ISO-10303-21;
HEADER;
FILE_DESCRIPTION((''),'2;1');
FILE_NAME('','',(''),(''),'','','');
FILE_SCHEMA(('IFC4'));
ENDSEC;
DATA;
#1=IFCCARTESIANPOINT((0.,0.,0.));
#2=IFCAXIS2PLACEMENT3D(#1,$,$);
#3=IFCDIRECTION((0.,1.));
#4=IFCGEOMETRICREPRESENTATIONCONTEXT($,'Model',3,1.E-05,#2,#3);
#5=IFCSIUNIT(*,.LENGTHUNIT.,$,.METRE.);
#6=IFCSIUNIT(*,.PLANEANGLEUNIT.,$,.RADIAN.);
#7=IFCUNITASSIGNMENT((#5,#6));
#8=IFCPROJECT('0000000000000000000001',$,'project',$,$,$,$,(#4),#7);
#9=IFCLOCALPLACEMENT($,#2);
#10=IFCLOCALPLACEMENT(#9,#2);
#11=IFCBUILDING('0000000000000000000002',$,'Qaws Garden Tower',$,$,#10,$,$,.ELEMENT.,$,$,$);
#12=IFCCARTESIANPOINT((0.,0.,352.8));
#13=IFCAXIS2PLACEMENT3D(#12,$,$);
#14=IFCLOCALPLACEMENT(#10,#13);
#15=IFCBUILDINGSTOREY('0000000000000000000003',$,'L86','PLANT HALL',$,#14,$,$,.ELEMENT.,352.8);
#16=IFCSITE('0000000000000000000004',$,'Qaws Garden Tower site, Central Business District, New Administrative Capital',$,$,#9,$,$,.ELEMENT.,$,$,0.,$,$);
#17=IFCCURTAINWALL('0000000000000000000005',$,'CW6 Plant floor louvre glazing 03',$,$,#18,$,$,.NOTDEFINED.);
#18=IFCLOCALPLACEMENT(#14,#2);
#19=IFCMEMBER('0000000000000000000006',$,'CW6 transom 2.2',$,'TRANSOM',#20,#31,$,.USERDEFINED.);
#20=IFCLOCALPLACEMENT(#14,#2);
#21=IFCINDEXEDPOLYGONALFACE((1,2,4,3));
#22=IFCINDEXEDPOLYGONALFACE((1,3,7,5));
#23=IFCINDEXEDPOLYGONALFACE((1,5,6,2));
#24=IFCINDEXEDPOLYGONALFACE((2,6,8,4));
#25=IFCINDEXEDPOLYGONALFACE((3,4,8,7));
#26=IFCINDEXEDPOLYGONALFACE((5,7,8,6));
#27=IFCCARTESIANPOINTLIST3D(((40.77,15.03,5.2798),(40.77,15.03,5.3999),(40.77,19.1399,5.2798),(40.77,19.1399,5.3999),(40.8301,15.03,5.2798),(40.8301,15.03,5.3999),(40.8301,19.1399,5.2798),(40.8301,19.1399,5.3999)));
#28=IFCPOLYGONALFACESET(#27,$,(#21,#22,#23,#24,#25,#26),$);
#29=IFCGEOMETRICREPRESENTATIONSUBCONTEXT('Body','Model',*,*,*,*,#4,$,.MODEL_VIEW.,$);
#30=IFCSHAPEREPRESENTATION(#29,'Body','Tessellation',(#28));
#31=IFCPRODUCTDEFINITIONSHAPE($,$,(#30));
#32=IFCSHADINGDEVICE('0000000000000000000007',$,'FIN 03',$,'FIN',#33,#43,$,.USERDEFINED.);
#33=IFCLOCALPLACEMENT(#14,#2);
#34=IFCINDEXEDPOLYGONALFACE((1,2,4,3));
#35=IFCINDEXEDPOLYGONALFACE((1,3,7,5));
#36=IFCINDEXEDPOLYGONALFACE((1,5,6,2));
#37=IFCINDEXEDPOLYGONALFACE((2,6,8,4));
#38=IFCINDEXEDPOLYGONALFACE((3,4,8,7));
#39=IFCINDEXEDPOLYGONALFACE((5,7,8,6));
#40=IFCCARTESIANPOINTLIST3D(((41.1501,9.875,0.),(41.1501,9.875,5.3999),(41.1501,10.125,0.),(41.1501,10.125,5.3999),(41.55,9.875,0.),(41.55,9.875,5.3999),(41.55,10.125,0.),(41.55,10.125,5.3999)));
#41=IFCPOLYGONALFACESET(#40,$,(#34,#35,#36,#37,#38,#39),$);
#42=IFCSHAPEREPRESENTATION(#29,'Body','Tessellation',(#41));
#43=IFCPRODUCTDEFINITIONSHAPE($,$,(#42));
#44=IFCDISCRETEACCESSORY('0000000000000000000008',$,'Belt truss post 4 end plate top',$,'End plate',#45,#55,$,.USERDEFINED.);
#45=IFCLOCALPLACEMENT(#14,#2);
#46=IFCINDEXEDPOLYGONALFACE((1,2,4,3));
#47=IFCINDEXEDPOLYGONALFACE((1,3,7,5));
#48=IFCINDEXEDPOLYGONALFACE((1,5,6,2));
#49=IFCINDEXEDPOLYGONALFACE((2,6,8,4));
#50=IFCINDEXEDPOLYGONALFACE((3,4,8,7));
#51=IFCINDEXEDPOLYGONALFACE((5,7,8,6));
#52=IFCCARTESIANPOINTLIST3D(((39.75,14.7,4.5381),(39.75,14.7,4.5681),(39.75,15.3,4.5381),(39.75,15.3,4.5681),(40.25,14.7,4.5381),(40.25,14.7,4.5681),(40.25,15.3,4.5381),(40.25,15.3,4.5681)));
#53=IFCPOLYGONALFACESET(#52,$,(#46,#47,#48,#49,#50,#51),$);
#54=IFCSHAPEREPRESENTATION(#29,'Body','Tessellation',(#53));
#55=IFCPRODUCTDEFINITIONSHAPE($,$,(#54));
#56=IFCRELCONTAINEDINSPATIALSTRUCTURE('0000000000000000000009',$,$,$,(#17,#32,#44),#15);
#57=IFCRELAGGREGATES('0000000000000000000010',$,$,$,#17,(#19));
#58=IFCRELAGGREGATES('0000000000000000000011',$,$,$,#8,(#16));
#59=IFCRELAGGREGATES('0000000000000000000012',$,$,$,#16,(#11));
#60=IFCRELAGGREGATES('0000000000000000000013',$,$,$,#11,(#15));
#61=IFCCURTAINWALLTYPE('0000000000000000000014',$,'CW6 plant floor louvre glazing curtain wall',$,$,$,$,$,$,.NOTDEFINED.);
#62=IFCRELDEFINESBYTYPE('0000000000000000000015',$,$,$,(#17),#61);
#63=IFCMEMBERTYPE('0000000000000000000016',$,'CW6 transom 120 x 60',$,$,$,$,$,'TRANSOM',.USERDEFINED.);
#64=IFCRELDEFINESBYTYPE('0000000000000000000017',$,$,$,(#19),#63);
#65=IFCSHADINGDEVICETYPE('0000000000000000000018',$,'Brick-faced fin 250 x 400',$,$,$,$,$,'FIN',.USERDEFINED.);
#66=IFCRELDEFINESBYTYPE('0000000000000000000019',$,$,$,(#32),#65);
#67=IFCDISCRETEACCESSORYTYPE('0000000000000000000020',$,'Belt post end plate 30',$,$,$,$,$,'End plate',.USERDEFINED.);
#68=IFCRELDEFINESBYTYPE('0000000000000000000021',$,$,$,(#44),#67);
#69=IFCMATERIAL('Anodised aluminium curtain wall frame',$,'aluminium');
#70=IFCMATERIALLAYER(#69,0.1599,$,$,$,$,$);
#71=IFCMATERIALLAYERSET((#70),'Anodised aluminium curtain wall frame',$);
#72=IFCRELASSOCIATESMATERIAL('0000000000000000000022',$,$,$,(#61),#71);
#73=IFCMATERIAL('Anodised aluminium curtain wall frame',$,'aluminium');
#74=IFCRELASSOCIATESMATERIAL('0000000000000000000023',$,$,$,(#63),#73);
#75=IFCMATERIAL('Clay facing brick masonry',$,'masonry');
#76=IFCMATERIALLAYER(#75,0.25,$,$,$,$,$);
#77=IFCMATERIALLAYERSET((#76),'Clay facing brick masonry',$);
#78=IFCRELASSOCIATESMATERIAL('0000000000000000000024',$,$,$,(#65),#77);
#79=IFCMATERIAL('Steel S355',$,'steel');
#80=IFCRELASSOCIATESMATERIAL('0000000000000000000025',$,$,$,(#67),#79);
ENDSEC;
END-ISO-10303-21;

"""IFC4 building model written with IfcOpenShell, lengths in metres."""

from ifc_helpers import new_model, si_unit, direction, frame, origin, origin_2d, place, context, subcontext, project, spatial, rectangle, extrude, material, layer, layer_set, material_profile, profile_set, type_object, element, aggregate, save


model = new_model("IFC4")

# Units and contexts
model_context = context("Model", 3, precision=1e-05, world=origin(), true_north=direction((0.0, 1.0)))
body_context = subcontext(model_context, "Body", "Model", "MODEL_VIEW")
ifc_project = project(units=[si_unit("LENGTHUNIT", "METRE"), si_unit("PLANEANGLEUNIT", "RADIAN")], contexts=[model_context])

# Site, building, storey
site_placement = place(None, origin())
site = spatial("IfcSite", under=ifc_project, at=site_placement, Name="Qaws Garden Tower site, Central Business District, New Administrative Capital", CompositionType="ELEMENT", RefElevation=0.0)
building_placement = place(site_placement, origin())
building = spatial("IfcBuilding", under=site, at=building_placement, Name="Qaws Garden Tower", CompositionType="ELEMENT")
storey_placement = place(building_placement, frame((0.0, 0.0, 352.8)))
storey = spatial("IfcBuildingStorey", under=building, at=storey_placement, Name="L86", Description="PLANT HALL", CompositionType="ELEMENT", Elevation=352.8)

# Curtain wall
ifc_material_1 = material(Name="Anodised aluminium curtain wall frame", Category="aluminium")
ifc_layer_1 = layer(ifc_material_1, 0.1599)
ifc_layer_set_1 = layer_set([ifc_layer_1], Name="Anodised aluminium curtain wall frame")
curtain_wall_type = type_object("IfcCurtainWallType", Name="CW6 plant floor louvre glazing curtain wall", PredefinedType="NOTDEFINED", material=ifc_layer_set_1)
placement_1 = place(storey_placement, origin())
curtain_wall_1 = element("IfcCurtainWall", 1, at=placement_1, inside=storey, type_object=curtain_wall_type, Name="CW6 Plant floor louvre glazing 03", PredefinedType="NOTDEFINED")

# Member
ifc_material_2 = material(Name="Anodised aluminium curtain wall frame", Category="aluminium")
ifc_material_profile_1 = material_profile(ifc_material_2, rectangle(XDim=0.0601, YDim=0.1201, at=origin_2d()), Name="AL 60x120")
ifc_profile_set_1 = profile_set([ifc_material_profile_1], Name="Anodised aluminium curtain wall frame")
member_type_1 = type_object("IfcMemberType", Name="CW6 transom 120 x 60", ElementType="TRANSOM", PredefinedType="USERDEFINED", material=ifc_profile_set_1)
member_1_placement = place(storey_placement, frame((40.8, 15.03, 5.3398), z_axis=(0.0, 1.0, 0.0), x_axis=(-1.0, 0.0, 0.0)))
member_1 = element("IfcMember", 2, at=member_1_placement, type_object=member_type_1, Name="CW6 transom 2.2", ObjectType="TRANSOM", PredefinedType="USERDEFINED", context=body_context, shape_type="SweptSolid", body=[
    extrude(rectangle(XDim=0.0601, YDim=0.1201, at=origin_2d()), origin(), (0.0, 0.0, 1.0), 4.1099),
])

aggregate(curtain_wall_1, [member_1])

# Shading device
ifc_material_3 = material(Name="Clay facing brick masonry", Category="masonry")
ifc_layer_2 = layer(ifc_material_3, 0.25)
ifc_layer_set_2 = layer_set([ifc_layer_2], Name="Clay facing brick masonry")
shading_device_type = type_object("IfcShadingDeviceType", Name="Brick-faced fin 250 x 400", ElementType="FIN", PredefinedType="USERDEFINED", material=ifc_layer_set_2)
shading_device_placement = place(storey_placement, frame((41.3501, 10.0, 0.0), z_axis=(0.0, 0.0, 1.0), x_axis=(0.0, 1.0, 0.0)))
element("IfcShadingDevice", 3, at=shading_device_placement, inside=storey, type_object=shading_device_type, Name="FIN 03", ObjectType="FIN", PredefinedType="USERDEFINED", context=body_context, shape_type="SweptSolid", body=[
    extrude(rectangle(XDim=0.25, YDim=0.3999, at=origin_2d()), origin(), (0.0, 0.0, 1.0), 5.3999),
])

# Discrete accessory
ifc_material_4 = material(Name="Steel S355", Category="steel")
discrete_accessory_type = type_object("IfcDiscreteAccessoryType", Name="Belt post end plate 30", ElementType="End plate", PredefinedType="USERDEFINED", material=ifc_material_4)
discrete_accessory_placement = place(storey_placement, frame((40.0, 15.0, 4.5381), z_axis=(0.0, 0.0, 1.0), x_axis=(1.0, 0.0, 0.0)))
element("IfcDiscreteAccessory", 4, at=discrete_accessory_placement, inside=storey, type_object=discrete_accessory_type, Name="Belt truss post 4 end plate top", ObjectType="End plate", PredefinedType="USERDEFINED", context=body_context, shape_type="SweptSolid", body=[
    extrude(rectangle(XDim=0.5, YDim=0.6001, at=origin_2d()), origin(), (0.0, 0.0, 1.0), 0.03),
])

save(model, "model.ifc")
